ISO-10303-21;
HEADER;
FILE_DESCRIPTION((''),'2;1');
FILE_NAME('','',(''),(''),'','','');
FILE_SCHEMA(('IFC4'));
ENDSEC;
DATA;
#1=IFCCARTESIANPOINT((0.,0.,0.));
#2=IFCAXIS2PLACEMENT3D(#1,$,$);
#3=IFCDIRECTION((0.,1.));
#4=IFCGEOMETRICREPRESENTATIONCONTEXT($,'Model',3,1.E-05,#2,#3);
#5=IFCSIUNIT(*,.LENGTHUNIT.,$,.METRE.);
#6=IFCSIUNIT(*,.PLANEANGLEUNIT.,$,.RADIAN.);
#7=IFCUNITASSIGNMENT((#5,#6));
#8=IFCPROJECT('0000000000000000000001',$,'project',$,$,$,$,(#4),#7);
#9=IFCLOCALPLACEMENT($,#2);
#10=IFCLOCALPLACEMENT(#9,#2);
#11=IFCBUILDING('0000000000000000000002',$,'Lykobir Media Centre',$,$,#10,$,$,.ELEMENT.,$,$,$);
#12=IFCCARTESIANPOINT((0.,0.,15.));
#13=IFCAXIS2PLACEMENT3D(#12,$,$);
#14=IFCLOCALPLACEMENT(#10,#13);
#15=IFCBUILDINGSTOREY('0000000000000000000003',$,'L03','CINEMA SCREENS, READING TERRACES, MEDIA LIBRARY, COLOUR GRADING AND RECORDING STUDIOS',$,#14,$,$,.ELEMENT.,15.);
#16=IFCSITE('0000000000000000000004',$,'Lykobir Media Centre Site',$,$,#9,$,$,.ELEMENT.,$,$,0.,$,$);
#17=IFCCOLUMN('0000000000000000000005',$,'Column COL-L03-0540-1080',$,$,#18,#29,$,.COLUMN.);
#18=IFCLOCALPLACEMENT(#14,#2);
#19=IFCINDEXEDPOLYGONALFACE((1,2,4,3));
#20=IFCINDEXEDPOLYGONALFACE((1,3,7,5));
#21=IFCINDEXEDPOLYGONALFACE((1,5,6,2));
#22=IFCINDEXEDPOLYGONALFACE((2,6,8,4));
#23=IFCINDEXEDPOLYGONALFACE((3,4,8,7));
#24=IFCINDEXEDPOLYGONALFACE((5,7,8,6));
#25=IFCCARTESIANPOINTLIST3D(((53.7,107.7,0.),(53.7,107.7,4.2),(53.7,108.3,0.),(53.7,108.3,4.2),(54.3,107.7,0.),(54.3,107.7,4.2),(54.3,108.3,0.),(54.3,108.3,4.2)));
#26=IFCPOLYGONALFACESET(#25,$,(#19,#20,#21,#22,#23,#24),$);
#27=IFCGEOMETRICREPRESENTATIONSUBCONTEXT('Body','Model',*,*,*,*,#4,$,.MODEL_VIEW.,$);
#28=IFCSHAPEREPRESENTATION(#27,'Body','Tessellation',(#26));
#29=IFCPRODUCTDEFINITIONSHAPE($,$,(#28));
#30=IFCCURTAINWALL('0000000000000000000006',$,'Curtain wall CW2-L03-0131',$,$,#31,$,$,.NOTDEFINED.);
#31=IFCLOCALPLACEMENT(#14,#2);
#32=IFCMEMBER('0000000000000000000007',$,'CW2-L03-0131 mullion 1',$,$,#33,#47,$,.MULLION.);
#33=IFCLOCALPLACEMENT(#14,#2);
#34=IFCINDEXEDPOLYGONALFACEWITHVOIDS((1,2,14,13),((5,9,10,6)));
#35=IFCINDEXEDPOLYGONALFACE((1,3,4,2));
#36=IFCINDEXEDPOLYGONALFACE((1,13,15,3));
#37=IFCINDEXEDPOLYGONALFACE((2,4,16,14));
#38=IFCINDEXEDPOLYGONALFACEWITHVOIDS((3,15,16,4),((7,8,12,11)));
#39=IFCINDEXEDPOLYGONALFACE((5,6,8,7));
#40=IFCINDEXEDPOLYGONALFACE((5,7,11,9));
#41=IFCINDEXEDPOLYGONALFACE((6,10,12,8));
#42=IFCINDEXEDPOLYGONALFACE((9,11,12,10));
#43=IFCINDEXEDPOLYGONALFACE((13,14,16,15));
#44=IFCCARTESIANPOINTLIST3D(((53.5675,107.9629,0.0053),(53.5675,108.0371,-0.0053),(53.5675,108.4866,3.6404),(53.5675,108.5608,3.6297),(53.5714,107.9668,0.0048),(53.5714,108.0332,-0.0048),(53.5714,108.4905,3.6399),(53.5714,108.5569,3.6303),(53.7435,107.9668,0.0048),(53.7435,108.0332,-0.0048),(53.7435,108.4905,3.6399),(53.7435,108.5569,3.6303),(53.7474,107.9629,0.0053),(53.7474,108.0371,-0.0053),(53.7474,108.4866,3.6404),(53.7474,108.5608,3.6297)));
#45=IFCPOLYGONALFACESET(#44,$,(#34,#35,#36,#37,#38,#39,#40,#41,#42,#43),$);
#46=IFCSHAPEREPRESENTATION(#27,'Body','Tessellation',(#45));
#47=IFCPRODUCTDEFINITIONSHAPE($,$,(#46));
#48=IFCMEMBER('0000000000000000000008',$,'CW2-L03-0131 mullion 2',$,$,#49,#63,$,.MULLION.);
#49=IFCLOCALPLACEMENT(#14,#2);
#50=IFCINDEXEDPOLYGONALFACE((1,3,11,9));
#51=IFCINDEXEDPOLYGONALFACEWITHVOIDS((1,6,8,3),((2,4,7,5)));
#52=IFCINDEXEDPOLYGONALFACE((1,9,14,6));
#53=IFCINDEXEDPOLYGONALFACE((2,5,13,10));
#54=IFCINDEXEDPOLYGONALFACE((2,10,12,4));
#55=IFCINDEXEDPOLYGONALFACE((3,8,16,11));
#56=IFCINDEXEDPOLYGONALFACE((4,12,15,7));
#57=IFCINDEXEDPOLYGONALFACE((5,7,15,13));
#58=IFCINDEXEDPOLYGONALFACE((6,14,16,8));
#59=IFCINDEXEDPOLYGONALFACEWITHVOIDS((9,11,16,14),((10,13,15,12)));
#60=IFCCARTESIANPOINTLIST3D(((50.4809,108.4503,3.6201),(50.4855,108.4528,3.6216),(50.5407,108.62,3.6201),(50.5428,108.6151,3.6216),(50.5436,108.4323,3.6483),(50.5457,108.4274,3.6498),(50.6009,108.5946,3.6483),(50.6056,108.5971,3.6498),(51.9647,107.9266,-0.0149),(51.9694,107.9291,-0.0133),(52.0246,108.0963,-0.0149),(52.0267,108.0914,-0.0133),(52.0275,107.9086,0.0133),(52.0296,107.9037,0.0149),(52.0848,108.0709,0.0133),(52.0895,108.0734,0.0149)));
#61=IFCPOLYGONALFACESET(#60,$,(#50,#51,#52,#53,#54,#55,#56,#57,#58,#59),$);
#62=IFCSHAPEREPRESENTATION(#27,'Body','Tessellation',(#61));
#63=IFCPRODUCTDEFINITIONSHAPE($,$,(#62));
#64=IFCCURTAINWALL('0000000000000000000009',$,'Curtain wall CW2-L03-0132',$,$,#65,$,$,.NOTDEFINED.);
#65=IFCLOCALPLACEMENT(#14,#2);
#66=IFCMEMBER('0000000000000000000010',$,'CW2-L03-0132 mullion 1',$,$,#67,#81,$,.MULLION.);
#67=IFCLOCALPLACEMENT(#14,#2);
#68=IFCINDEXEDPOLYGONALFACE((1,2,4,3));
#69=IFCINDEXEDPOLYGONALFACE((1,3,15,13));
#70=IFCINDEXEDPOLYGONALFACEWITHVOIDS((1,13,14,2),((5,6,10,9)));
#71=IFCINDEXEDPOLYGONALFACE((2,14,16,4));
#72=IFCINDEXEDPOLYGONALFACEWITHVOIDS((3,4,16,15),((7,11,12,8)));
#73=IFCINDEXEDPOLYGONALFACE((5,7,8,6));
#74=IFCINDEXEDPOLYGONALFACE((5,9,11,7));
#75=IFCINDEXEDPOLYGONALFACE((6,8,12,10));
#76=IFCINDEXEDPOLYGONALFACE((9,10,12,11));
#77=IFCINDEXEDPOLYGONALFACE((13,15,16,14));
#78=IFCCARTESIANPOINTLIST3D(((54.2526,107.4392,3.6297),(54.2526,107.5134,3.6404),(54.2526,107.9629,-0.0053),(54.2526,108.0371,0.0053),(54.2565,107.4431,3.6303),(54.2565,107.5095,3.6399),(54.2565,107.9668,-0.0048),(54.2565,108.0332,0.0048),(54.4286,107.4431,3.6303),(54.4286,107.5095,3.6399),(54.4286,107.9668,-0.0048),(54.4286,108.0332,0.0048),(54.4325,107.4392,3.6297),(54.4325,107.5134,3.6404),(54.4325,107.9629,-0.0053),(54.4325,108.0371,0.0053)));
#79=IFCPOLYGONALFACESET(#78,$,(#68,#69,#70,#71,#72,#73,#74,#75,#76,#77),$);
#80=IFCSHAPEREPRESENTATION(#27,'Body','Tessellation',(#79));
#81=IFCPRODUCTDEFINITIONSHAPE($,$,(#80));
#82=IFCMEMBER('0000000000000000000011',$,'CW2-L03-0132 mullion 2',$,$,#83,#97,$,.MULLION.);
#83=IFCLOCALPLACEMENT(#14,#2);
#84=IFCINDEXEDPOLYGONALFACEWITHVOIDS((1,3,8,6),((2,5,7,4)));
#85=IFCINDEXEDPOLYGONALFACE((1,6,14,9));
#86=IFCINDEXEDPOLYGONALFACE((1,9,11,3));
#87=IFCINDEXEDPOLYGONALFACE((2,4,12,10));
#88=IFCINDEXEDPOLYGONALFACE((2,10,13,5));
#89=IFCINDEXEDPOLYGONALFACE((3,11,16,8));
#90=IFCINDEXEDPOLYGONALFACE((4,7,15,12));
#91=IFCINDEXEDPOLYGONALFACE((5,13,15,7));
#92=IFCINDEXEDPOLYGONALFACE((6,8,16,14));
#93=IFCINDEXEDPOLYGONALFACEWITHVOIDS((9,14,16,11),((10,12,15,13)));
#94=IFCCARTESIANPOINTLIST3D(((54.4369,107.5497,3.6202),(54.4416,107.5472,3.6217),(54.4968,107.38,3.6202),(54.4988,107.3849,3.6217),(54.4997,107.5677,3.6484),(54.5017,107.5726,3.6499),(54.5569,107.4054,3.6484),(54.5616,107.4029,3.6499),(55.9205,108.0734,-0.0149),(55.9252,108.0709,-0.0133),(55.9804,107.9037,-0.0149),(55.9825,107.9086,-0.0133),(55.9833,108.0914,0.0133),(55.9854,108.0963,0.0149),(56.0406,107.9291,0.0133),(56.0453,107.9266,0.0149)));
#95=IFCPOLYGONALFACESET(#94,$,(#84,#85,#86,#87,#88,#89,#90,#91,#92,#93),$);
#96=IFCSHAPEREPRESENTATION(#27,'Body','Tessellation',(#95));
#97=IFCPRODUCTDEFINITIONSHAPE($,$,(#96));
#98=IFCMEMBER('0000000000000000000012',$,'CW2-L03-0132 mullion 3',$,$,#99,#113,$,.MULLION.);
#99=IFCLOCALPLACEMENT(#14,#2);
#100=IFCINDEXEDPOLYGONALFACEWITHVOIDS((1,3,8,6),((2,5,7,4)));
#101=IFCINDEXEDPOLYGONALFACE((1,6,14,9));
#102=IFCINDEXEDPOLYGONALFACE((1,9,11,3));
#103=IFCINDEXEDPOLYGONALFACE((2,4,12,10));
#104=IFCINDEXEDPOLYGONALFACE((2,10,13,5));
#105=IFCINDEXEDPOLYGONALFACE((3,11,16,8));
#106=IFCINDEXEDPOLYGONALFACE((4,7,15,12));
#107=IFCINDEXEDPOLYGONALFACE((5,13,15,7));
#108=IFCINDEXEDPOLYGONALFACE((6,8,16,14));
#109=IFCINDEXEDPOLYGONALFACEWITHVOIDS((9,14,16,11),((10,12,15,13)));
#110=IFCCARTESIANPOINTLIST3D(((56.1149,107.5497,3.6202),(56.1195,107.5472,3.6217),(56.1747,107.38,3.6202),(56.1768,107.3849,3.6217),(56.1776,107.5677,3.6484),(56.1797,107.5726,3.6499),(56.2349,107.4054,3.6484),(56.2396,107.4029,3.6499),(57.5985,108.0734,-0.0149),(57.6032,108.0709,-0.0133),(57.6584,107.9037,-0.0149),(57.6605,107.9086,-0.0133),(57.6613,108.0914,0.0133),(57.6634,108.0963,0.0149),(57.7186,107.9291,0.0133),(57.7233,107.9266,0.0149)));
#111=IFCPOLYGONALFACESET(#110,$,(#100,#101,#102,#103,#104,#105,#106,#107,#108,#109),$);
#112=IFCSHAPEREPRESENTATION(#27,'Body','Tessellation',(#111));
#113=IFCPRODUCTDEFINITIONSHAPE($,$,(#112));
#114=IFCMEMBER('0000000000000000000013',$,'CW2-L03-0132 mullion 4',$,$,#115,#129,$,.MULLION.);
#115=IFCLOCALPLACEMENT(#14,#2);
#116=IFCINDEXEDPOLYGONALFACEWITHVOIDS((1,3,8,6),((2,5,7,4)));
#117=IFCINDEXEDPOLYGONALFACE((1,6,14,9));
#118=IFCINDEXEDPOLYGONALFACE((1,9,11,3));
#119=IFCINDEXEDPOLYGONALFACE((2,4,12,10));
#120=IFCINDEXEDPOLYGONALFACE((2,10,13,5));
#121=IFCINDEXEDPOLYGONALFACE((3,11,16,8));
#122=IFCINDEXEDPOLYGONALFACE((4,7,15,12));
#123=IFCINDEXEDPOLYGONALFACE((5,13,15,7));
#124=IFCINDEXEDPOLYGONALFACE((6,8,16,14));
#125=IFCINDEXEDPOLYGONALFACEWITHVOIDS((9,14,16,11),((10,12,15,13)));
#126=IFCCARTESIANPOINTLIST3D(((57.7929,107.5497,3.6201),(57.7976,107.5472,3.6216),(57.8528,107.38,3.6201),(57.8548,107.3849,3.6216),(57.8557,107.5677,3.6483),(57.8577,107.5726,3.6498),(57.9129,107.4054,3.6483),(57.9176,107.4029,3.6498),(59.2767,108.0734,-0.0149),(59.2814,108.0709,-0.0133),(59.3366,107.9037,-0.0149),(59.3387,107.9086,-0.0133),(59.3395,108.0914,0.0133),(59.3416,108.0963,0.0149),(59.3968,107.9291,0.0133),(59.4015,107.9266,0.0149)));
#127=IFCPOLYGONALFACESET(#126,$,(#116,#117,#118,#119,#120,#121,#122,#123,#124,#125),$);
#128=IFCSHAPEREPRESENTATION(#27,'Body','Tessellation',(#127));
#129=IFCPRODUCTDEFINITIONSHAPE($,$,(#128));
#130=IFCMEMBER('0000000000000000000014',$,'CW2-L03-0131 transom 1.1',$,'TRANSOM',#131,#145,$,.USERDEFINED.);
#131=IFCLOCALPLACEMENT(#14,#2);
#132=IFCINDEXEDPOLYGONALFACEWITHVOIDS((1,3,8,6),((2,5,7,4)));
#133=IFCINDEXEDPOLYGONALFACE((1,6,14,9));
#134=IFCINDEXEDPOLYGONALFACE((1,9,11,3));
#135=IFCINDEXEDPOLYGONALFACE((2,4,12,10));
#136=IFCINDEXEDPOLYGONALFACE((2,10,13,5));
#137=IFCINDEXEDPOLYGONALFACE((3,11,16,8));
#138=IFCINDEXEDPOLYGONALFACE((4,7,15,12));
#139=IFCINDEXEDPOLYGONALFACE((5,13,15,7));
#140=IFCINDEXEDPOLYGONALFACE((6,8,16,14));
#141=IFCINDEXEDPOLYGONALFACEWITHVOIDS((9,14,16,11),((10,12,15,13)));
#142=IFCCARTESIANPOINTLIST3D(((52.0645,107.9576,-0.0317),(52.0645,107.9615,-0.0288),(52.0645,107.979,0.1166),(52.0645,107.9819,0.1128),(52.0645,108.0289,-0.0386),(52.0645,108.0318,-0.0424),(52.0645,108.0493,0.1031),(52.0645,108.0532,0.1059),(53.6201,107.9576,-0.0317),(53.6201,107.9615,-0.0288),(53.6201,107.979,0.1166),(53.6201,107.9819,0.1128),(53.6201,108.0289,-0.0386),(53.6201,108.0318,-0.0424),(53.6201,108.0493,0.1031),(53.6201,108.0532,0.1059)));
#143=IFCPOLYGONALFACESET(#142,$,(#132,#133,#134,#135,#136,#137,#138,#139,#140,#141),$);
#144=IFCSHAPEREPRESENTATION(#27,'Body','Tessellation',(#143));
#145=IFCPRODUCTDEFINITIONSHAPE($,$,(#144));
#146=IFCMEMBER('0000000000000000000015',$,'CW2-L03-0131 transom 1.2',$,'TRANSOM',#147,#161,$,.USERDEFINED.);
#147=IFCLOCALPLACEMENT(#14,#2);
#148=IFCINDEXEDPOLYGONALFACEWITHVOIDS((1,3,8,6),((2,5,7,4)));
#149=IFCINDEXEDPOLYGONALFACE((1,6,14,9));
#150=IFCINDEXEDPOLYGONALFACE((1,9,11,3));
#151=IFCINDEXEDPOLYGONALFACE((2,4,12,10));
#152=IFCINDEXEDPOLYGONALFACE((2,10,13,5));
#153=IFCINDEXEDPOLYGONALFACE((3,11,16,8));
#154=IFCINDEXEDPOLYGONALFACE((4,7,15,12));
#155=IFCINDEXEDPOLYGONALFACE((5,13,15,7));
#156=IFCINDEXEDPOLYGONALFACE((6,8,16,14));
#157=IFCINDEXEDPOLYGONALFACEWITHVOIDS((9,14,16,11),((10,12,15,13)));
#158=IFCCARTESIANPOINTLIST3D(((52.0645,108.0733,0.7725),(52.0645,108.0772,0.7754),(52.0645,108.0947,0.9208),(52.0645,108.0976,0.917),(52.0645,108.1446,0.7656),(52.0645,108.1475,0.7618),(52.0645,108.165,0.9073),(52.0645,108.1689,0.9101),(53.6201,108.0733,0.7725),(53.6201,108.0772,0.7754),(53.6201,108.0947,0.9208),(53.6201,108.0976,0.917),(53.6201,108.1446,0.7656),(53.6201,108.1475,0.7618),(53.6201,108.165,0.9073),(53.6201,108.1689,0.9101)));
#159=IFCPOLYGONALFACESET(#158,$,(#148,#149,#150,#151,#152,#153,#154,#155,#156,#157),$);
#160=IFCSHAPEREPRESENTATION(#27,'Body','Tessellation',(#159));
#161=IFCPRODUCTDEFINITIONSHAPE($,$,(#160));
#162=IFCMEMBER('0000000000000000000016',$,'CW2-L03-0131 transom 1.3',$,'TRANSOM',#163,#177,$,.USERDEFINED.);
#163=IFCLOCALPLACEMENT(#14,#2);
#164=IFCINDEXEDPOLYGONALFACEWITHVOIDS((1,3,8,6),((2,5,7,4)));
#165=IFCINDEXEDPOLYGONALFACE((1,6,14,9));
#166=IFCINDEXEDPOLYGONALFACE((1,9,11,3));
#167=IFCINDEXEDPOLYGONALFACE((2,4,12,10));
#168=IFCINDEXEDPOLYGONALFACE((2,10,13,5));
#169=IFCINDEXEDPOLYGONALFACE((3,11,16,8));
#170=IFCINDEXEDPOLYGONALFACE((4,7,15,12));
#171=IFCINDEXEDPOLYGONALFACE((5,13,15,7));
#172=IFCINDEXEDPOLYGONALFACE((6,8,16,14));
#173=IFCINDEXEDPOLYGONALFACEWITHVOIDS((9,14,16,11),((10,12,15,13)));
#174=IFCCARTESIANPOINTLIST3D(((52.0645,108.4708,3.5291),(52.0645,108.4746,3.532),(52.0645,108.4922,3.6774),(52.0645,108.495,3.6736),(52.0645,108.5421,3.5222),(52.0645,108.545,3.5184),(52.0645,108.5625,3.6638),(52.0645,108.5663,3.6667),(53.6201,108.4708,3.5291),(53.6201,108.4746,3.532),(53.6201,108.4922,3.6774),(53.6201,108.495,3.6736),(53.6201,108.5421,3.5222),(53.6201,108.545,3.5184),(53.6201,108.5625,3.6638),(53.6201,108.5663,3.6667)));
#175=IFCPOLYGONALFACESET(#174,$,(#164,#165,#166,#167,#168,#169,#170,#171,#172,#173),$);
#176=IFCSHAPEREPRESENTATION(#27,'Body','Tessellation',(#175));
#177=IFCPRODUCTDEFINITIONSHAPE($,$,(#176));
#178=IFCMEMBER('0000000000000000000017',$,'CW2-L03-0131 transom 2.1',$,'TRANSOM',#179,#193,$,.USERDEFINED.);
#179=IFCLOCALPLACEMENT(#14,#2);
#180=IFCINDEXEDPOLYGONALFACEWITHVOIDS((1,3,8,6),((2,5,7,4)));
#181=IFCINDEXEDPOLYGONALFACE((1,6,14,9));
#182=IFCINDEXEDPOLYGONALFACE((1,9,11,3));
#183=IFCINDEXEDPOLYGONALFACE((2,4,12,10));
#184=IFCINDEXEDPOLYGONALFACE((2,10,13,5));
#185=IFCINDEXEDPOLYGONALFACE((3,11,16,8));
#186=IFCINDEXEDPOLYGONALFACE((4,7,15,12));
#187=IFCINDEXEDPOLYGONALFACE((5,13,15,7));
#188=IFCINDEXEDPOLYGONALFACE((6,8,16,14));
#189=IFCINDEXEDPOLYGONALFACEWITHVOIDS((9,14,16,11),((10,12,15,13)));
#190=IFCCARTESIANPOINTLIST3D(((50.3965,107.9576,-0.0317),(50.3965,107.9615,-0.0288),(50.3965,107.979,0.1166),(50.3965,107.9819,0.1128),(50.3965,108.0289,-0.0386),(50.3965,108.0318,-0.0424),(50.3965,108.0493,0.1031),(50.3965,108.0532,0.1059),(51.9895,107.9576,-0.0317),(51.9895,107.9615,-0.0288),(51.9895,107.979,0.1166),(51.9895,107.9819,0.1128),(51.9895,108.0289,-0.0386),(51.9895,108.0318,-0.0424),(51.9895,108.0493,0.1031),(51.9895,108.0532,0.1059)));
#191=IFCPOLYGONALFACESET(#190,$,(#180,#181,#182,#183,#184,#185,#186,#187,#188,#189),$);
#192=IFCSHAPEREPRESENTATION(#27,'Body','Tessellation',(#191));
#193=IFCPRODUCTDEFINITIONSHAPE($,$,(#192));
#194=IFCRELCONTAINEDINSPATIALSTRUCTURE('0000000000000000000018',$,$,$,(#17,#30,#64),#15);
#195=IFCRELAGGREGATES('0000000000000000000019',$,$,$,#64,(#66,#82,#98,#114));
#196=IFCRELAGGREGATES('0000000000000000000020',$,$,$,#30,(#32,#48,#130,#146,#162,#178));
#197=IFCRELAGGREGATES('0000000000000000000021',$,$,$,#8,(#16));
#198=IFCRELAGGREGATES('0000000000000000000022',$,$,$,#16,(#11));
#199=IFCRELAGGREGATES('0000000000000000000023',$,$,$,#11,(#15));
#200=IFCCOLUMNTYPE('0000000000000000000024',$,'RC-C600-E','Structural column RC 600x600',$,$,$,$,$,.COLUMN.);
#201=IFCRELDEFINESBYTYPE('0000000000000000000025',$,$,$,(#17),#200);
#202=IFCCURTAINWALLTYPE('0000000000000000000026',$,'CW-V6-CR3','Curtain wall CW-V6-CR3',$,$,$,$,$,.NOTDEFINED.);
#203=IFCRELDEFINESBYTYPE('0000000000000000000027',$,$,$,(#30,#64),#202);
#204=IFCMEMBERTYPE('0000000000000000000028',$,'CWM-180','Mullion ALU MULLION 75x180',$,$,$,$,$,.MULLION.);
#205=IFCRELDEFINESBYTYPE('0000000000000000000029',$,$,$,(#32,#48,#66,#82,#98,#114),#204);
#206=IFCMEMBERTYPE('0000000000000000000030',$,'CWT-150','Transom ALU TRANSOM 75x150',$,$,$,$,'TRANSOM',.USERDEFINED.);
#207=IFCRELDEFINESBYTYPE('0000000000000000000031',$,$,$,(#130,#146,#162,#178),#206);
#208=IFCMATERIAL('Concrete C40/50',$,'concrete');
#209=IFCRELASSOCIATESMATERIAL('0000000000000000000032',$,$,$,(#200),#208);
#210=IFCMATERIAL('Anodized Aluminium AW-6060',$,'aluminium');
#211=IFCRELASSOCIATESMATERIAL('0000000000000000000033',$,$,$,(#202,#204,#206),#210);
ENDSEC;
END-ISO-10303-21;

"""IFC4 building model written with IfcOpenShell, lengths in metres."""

from ifc_helpers import new_model, si_unit, direction, frame, origin, origin_2d, place, context, subcontext, project, spatial, rectangle, hollow_rectangle, extrude, material, material_profile, profile_set, type_object, element, aggregate, save


model = new_model("IFC4")

# Units and contexts
model_context = context("Model", 3, precision=1e-05, world=origin(), true_north=direction((0.0, 1.0)))
body_context = subcontext(model_context, "Body", "Model", "MODEL_VIEW")
ifc_project = project(units=[si_unit("LENGTHUNIT", "METRE"), si_unit("PLANEANGLEUNIT", "RADIAN")], contexts=[model_context])

# Site, building, storey
site_placement = place(None, origin())
site = spatial("IfcSite", under=ifc_project, at=site_placement, Name="Lykobir Media Centre Site", CompositionType="ELEMENT", RefElevation=0.0)
building_placement = place(site_placement, origin())
building = spatial("IfcBuilding", under=site, at=building_placement, Name="Lykobir Media Centre", CompositionType="ELEMENT")
storey_placement = place(building_placement, frame((0.0, 0.0, 15.0)))
storey = spatial("IfcBuildingStorey", under=building, at=storey_placement, Name="L03", Description="CINEMA SCREENS, READING TERRACES, MEDIA LIBRARY, COLOUR GRADING AND RECORDING STUDIOS", CompositionType="ELEMENT", Elevation=15.0)

# Column
ifc_material_1 = material(Name="Concrete C40/50", Category="concrete")
ifc_material_profile_1 = material_profile(ifc_material_1, rectangle(XDim=0.6001, YDim=0.6001, at=origin_2d()), Name="RC 600x600")
ifc_profile_set_1 = profile_set([ifc_material_profile_1], Name="Concrete C40/50")
column_type = type_object("IfcColumnType", Name="RC-C600-E", Description="Structural column RC 600x600", PredefinedType="COLUMN", material=ifc_profile_set_1)
column_placement = place(storey_placement, frame((54.0, 108.0, 0.0), z_axis=(0.0, 0.0, 1.0), x_axis=(1.0, 0.0, 0.0)))
element("IfcColumn", 1, at=column_placement, inside=storey, type_object=column_type, Name="Column COL-L03-0540-1080", PredefinedType="COLUMN", context=body_context, shape_type="SweptSolid", body=[
    extrude(rectangle(XDim=0.6001, YDim=0.6001, at=origin_2d()), origin(), (0.0, 0.0, 1.0), 4.2),
])

# Curtain walls, members
ifc_material_2 = material(Name="Anodized Aluminium AW-6060", Category="aluminium")
curtain_wall_type = type_object("IfcCurtainWallType", Name="CW-V6-CR3", Description="Curtain wall CW-V6-CR3", PredefinedType="NOTDEFINED", material=ifc_material_2)
curtain_wall_1_placement = place(storey_placement, origin())
curtain_wall_1 = element("IfcCurtainWall", 2, at=curtain_wall_1_placement, inside=storey, type_object=curtain_wall_type, Name="Curtain wall CW2-L03-0131", PredefinedType="NOTDEFINED")
ifc_material_profile_2 = material_profile(ifc_material_2, hollow_rectangle(XDim=0.075, YDim=0.1799, WallThickness=0.0039, at=origin_2d()), Name="ALU MULLION 75x180")
ifc_profile_set_2 = profile_set([ifc_material_profile_2], Name="Anodized Aluminium AW-6060")
member_type_1 = type_object("IfcMemberType", Name="CWM-180", Description="Mullion ALU MULLION 75x180", PredefinedType="MULLION", material=ifc_profile_set_2)
member_1_placement = place(storey_placement, frame((53.6575, 108.0, 0.0), z_axis=(0.0, 0.142594, 0.989781), x_axis=(0.0, 0.989781, -0.142594)))
member_1 = element("IfcMember", 3, at=member_1_placement, type_object=member_type_1, Name="CW2-L03-0131 mullion 1", PredefinedType="MULLION", context=body_context, shape_type="SweptSolid", body=[
    extrude(hollow_rectangle(XDim=0.075, YDim=0.1799, WallThickness=0.0039, at=origin_2d()), origin(), (0.0, 0.0, 1.0), 3.6726),
])
member_2_placement = place(storey_placement, frame((52.0271, 108.0, 0.0), z_axis=(-0.374625, 0.13221, 0.917702), x_axis=(-0.865392, 0.305407, -0.39727)))
member_2 = element("IfcMember", 4, at=member_2_placement, type_object=member_type_1, Name="CW2-L03-0131 mullion 2", PredefinedType="MULLION", context=body_context, shape_type="SweptSolid", body=[
    extrude(hollow_rectangle(XDim=0.075, YDim=0.1799, WallThickness=0.0039, at=origin_2d()), origin(), (0.0, 0.0, 1.0), 3.9609),
])
curtain_wall_2_placement = place(storey_placement, origin())
curtain_wall_2 = element("IfcCurtainWall", 5, at=curtain_wall_2_placement, inside=storey, type_object=curtain_wall_type, Name="Curtain wall CW2-L03-0132", PredefinedType="NOTDEFINED")
member_3_placement = place(storey_placement, frame((54.3425, 108.0, 0.0), z_axis=(0.0, -0.142594, 0.989781), x_axis=(0.0, 0.989781, 0.142594)))
member_3 = element("IfcMember", 6, at=member_3_placement, type_object=member_type_1, Name="CW2-L03-0132 mullion 1", PredefinedType="MULLION", context=body_context, shape_type="SweptSolid", body=[
    extrude(hollow_rectangle(XDim=0.075, YDim=0.1799, WallThickness=0.0039, at=origin_2d()), origin(), (0.0, 0.0, 1.0), 3.6726),
])
member_4_placement = place(storey_placement, frame((55.9829, 108.0, 0.0), z_axis=(-0.374572, -0.132213, 0.917723), x_axis=(0.865396, 0.305459, 0.397221)))
member_4 = element("IfcMember", 7, at=member_4_placement, type_object=member_type_1, Name="CW2-L03-0132 mullion 2", PredefinedType="MULLION", context=body_context, shape_type="SweptSolid", body=[
    extrude(hollow_rectangle(XDim=0.075, YDim=0.1799, WallThickness=0.0039, at=origin_2d()), origin(), (0.0, 0.0, 1.0), 3.9609),
])
member_5_placement = place(storey_placement, frame((57.6609, 108.0, 0.0), z_axis=(-0.374572, -0.132213, 0.917723), x_axis=(0.865396, 0.305459, 0.397221)))
member_5 = element("IfcMember", 8, at=member_5_placement, type_object=member_type_1, Name="CW2-L03-0132 mullion 3", PredefinedType="MULLION", context=body_context, shape_type="SweptSolid", body=[
    extrude(hollow_rectangle(XDim=0.075, YDim=0.1799, WallThickness=0.0039, at=origin_2d()), origin(), (0.0, 0.0, 1.0), 3.9609),
])
member_6_placement = place(storey_placement, frame((59.3391, 108.0, 0.0), z_axis=(-0.374625, -0.13221, 0.917702), x_axis=(0.865392, 0.305407, 0.39727)))
member_6 = element("IfcMember", 9, at=member_6_placement, type_object=member_type_1, Name="CW2-L03-0132 mullion 4", PredefinedType="MULLION", context=body_context, shape_type="SweptSolid", body=[
    extrude(hollow_rectangle(XDim=0.075, YDim=0.1799, WallThickness=0.0039, at=origin_2d()), origin(), (0.0, 0.0, 1.0), 3.9609),
])

# Members
ifc_material_profile_3 = material_profile(ifc_material_2, hollow_rectangle(XDim=0.075, YDim=0.1499, WallThickness=0.0034, at=origin_2d()), Name="ALU TRANSOM 75x150")
ifc_profile_set_3 = profile_set([ifc_material_profile_3], Name="Anodized Aluminium AW-6060")
member_type_2 = type_object("IfcMemberType", Name="CWT-150", Description="Transom ALU TRANSOM 75x150", ElementType="TRANSOM", PredefinedType="USERDEFINED", material=ifc_profile_set_3)
member_7_placement = place(storey_placement, frame((53.6201, 108.0054, 0.0371), z_axis=(-1.0, 0.0, 0.0), x_axis=(0.0, -0.989776, 0.142629)))
member_7 = element("IfcMember", 10, at=member_7_placement, type_object=member_type_2, Name="CW2-L03-0131 transom 1.1", ObjectType="TRANSOM", PredefinedType="USERDEFINED", context=body_context, shape_type="SweptSolid", body=[
    extrude(hollow_rectangle(XDim=0.075, YDim=0.1499, WallThickness=0.0034, at=origin_2d()), origin(), (0.0, 0.0, 1.0), 1.5557),
])
member_8_placement = place(storey_placement, frame((53.6201, 108.1211, 0.8413), z_axis=(-1.0, 0.0, 0.0), x_axis=(0.0, -0.989776, 0.142629)))
member_8 = element("IfcMember", 11, at=member_8_placement, type_object=member_type_2, Name="CW2-L03-0131 transom 1.2", ObjectType="TRANSOM", PredefinedType="USERDEFINED", context=body_context, shape_type="SweptSolid", body=[
    extrude(hollow_rectangle(XDim=0.075, YDim=0.1499, WallThickness=0.0034, at=origin_2d()), origin(), (0.0, 0.0, 1.0), 1.5557),
])
member_9_placement = place(storey_placement, frame((53.6201, 108.5186, 3.5979), z_axis=(-1.0, 0.0, 0.0), x_axis=(0.0, -0.989776, 0.142629)))
member_9 = element("IfcMember", 12, at=member_9_placement, type_object=member_type_2, Name="CW2-L03-0131 transom 1.3", ObjectType="TRANSOM", PredefinedType="USERDEFINED", context=body_context, shape_type="SweptSolid", body=[
    extrude(hollow_rectangle(XDim=0.075, YDim=0.1499, WallThickness=0.0034, at=origin_2d()), origin(), (0.0, 0.0, 1.0), 1.5557),
])
member_10_placement = place(storey_placement, frame((51.9895, 108.0054, 0.0371), z_axis=(-1.0, 0.0, 0.0), x_axis=(0.0, -0.989776, 0.142629)))
member_10 = element("IfcMember", 13, at=member_10_placement, type_object=member_type_2, Name="CW2-L03-0131 transom 2.1", ObjectType="TRANSOM", PredefinedType="USERDEFINED", context=body_context, shape_type="SweptSolid", body=[
    extrude(hollow_rectangle(XDim=0.075, YDim=0.1499, WallThickness=0.0034, at=origin_2d()), origin(), (0.0, 0.0, 1.0), 1.593),
])
aggregate(curtain_wall_2, [member_3, member_4, member_5, member_6])

aggregate(curtain_wall_1, [member_1, member_2, member_7, member_8, member_9, member_10])

save(model, "model.ifc")
